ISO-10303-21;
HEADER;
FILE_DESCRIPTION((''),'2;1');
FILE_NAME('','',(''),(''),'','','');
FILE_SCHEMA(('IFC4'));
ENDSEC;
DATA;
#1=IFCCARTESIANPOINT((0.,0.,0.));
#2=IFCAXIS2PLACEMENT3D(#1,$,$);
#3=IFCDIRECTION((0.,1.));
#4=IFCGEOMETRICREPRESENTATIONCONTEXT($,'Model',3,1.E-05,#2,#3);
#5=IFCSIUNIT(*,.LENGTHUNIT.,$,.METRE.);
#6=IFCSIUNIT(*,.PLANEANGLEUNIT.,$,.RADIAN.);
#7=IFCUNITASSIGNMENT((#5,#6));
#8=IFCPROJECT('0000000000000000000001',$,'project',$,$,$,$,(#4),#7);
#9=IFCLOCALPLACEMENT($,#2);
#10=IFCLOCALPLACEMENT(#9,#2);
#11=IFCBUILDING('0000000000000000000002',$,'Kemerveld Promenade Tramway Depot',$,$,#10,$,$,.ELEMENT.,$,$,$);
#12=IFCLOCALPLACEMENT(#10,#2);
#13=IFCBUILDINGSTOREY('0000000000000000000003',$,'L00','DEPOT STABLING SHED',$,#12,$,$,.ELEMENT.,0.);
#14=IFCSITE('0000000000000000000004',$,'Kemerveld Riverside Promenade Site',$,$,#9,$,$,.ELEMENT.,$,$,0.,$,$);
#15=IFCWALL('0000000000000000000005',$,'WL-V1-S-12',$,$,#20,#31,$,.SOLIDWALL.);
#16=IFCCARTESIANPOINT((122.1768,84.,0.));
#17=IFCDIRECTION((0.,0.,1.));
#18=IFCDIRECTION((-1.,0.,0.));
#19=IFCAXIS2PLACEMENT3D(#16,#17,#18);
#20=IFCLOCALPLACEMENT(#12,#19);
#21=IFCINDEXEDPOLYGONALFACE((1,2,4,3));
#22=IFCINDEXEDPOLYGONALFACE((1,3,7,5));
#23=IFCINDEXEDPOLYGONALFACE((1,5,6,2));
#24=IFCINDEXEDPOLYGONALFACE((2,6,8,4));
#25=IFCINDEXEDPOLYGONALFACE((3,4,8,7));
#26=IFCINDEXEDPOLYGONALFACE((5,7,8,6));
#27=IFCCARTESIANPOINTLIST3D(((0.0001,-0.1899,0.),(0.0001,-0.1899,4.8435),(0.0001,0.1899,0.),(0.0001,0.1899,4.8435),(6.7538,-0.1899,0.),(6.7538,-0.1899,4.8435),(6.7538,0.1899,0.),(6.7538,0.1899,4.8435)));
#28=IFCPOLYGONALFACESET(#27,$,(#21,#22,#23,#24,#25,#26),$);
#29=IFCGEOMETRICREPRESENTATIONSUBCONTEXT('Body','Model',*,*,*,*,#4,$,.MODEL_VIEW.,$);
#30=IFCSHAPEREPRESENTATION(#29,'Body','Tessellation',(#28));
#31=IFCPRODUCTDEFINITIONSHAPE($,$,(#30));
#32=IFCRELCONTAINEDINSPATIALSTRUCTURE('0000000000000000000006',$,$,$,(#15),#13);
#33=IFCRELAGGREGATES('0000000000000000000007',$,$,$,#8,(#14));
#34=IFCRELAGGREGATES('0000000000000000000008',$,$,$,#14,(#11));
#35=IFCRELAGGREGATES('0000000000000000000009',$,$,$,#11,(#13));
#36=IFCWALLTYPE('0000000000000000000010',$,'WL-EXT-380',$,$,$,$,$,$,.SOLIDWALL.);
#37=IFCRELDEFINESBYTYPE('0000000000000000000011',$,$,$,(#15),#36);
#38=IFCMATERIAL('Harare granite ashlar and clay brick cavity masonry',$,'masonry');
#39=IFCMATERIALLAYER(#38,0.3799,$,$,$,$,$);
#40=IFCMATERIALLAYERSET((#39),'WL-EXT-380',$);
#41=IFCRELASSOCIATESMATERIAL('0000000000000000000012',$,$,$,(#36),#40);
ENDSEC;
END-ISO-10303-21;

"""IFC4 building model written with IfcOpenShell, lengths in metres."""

from ifc_helpers import new_model, si_unit, direction, frame, frame_2d, origin, place, context, subcontext, project, spatial, rectangle, extrude, material, layer, layer_set, type_object, element, save


model = new_model("IFC4")

# Units and contexts
model_context = context("Model", 3, precision=1e-05, world=origin(), true_north=direction((0.0, 1.0)))
body_context = subcontext(model_context, "Body", "Model", "MODEL_VIEW")
ifc_project = project(units=[si_unit("LENGTHUNIT", "METRE"), si_unit("PLANEANGLEUNIT", "RADIAN")], contexts=[model_context])

# Site, building, storey
site_placement = place(None, origin())
site = spatial("IfcSite", under=ifc_project, at=site_placement, Name="Kemerveld Riverside Promenade Site", CompositionType="ELEMENT", RefElevation=0.0)
building_placement = place(site_placement, origin())
building = spatial("IfcBuilding", under=site, at=building_placement, Name="Kemerveld Promenade Tramway Depot", CompositionType="ELEMENT")
storey_placement = place(building_placement, origin())
storey = spatial("IfcBuildingStorey", under=building, at=storey_placement, Name="L00", Description="DEPOT STABLING SHED", CompositionType="ELEMENT", Elevation=0.0)

# Wall
ifc_material_1 = material(Name="Harare granite ashlar and clay brick cavity masonry", Category="masonry")
ifc_layer_1 = layer(ifc_material_1, 0.3799)
ifc_layer_set_1 = layer_set([ifc_layer_1], Name="WL-EXT-380")
wall_type = type_object("IfcWallType", Name="WL-EXT-380", PredefinedType="SOLIDWALL", material=ifc_layer_set_1)
wall_1_placement = place(storey_placement, frame((122.1768, 84.0, 0.0), z_axis=(0.0, 0.0, 1.0), x_axis=(-1.0, 0.0, 0.0)))
element("IfcWall", 1, at=wall_1_placement, inside=storey, type_object=wall_type, Name="WL-V1-S-12", PredefinedType="SOLIDWALL", context=body_context, shape_type="SweptSolid", body=[
    extrude(rectangle(XDim=6.7537, YDim=0.3799, at=frame_2d((3.377, 0.0))), origin(), (0.0, 0.0, 1.0), 4.8435),
])

save(model, "model.ifc")
